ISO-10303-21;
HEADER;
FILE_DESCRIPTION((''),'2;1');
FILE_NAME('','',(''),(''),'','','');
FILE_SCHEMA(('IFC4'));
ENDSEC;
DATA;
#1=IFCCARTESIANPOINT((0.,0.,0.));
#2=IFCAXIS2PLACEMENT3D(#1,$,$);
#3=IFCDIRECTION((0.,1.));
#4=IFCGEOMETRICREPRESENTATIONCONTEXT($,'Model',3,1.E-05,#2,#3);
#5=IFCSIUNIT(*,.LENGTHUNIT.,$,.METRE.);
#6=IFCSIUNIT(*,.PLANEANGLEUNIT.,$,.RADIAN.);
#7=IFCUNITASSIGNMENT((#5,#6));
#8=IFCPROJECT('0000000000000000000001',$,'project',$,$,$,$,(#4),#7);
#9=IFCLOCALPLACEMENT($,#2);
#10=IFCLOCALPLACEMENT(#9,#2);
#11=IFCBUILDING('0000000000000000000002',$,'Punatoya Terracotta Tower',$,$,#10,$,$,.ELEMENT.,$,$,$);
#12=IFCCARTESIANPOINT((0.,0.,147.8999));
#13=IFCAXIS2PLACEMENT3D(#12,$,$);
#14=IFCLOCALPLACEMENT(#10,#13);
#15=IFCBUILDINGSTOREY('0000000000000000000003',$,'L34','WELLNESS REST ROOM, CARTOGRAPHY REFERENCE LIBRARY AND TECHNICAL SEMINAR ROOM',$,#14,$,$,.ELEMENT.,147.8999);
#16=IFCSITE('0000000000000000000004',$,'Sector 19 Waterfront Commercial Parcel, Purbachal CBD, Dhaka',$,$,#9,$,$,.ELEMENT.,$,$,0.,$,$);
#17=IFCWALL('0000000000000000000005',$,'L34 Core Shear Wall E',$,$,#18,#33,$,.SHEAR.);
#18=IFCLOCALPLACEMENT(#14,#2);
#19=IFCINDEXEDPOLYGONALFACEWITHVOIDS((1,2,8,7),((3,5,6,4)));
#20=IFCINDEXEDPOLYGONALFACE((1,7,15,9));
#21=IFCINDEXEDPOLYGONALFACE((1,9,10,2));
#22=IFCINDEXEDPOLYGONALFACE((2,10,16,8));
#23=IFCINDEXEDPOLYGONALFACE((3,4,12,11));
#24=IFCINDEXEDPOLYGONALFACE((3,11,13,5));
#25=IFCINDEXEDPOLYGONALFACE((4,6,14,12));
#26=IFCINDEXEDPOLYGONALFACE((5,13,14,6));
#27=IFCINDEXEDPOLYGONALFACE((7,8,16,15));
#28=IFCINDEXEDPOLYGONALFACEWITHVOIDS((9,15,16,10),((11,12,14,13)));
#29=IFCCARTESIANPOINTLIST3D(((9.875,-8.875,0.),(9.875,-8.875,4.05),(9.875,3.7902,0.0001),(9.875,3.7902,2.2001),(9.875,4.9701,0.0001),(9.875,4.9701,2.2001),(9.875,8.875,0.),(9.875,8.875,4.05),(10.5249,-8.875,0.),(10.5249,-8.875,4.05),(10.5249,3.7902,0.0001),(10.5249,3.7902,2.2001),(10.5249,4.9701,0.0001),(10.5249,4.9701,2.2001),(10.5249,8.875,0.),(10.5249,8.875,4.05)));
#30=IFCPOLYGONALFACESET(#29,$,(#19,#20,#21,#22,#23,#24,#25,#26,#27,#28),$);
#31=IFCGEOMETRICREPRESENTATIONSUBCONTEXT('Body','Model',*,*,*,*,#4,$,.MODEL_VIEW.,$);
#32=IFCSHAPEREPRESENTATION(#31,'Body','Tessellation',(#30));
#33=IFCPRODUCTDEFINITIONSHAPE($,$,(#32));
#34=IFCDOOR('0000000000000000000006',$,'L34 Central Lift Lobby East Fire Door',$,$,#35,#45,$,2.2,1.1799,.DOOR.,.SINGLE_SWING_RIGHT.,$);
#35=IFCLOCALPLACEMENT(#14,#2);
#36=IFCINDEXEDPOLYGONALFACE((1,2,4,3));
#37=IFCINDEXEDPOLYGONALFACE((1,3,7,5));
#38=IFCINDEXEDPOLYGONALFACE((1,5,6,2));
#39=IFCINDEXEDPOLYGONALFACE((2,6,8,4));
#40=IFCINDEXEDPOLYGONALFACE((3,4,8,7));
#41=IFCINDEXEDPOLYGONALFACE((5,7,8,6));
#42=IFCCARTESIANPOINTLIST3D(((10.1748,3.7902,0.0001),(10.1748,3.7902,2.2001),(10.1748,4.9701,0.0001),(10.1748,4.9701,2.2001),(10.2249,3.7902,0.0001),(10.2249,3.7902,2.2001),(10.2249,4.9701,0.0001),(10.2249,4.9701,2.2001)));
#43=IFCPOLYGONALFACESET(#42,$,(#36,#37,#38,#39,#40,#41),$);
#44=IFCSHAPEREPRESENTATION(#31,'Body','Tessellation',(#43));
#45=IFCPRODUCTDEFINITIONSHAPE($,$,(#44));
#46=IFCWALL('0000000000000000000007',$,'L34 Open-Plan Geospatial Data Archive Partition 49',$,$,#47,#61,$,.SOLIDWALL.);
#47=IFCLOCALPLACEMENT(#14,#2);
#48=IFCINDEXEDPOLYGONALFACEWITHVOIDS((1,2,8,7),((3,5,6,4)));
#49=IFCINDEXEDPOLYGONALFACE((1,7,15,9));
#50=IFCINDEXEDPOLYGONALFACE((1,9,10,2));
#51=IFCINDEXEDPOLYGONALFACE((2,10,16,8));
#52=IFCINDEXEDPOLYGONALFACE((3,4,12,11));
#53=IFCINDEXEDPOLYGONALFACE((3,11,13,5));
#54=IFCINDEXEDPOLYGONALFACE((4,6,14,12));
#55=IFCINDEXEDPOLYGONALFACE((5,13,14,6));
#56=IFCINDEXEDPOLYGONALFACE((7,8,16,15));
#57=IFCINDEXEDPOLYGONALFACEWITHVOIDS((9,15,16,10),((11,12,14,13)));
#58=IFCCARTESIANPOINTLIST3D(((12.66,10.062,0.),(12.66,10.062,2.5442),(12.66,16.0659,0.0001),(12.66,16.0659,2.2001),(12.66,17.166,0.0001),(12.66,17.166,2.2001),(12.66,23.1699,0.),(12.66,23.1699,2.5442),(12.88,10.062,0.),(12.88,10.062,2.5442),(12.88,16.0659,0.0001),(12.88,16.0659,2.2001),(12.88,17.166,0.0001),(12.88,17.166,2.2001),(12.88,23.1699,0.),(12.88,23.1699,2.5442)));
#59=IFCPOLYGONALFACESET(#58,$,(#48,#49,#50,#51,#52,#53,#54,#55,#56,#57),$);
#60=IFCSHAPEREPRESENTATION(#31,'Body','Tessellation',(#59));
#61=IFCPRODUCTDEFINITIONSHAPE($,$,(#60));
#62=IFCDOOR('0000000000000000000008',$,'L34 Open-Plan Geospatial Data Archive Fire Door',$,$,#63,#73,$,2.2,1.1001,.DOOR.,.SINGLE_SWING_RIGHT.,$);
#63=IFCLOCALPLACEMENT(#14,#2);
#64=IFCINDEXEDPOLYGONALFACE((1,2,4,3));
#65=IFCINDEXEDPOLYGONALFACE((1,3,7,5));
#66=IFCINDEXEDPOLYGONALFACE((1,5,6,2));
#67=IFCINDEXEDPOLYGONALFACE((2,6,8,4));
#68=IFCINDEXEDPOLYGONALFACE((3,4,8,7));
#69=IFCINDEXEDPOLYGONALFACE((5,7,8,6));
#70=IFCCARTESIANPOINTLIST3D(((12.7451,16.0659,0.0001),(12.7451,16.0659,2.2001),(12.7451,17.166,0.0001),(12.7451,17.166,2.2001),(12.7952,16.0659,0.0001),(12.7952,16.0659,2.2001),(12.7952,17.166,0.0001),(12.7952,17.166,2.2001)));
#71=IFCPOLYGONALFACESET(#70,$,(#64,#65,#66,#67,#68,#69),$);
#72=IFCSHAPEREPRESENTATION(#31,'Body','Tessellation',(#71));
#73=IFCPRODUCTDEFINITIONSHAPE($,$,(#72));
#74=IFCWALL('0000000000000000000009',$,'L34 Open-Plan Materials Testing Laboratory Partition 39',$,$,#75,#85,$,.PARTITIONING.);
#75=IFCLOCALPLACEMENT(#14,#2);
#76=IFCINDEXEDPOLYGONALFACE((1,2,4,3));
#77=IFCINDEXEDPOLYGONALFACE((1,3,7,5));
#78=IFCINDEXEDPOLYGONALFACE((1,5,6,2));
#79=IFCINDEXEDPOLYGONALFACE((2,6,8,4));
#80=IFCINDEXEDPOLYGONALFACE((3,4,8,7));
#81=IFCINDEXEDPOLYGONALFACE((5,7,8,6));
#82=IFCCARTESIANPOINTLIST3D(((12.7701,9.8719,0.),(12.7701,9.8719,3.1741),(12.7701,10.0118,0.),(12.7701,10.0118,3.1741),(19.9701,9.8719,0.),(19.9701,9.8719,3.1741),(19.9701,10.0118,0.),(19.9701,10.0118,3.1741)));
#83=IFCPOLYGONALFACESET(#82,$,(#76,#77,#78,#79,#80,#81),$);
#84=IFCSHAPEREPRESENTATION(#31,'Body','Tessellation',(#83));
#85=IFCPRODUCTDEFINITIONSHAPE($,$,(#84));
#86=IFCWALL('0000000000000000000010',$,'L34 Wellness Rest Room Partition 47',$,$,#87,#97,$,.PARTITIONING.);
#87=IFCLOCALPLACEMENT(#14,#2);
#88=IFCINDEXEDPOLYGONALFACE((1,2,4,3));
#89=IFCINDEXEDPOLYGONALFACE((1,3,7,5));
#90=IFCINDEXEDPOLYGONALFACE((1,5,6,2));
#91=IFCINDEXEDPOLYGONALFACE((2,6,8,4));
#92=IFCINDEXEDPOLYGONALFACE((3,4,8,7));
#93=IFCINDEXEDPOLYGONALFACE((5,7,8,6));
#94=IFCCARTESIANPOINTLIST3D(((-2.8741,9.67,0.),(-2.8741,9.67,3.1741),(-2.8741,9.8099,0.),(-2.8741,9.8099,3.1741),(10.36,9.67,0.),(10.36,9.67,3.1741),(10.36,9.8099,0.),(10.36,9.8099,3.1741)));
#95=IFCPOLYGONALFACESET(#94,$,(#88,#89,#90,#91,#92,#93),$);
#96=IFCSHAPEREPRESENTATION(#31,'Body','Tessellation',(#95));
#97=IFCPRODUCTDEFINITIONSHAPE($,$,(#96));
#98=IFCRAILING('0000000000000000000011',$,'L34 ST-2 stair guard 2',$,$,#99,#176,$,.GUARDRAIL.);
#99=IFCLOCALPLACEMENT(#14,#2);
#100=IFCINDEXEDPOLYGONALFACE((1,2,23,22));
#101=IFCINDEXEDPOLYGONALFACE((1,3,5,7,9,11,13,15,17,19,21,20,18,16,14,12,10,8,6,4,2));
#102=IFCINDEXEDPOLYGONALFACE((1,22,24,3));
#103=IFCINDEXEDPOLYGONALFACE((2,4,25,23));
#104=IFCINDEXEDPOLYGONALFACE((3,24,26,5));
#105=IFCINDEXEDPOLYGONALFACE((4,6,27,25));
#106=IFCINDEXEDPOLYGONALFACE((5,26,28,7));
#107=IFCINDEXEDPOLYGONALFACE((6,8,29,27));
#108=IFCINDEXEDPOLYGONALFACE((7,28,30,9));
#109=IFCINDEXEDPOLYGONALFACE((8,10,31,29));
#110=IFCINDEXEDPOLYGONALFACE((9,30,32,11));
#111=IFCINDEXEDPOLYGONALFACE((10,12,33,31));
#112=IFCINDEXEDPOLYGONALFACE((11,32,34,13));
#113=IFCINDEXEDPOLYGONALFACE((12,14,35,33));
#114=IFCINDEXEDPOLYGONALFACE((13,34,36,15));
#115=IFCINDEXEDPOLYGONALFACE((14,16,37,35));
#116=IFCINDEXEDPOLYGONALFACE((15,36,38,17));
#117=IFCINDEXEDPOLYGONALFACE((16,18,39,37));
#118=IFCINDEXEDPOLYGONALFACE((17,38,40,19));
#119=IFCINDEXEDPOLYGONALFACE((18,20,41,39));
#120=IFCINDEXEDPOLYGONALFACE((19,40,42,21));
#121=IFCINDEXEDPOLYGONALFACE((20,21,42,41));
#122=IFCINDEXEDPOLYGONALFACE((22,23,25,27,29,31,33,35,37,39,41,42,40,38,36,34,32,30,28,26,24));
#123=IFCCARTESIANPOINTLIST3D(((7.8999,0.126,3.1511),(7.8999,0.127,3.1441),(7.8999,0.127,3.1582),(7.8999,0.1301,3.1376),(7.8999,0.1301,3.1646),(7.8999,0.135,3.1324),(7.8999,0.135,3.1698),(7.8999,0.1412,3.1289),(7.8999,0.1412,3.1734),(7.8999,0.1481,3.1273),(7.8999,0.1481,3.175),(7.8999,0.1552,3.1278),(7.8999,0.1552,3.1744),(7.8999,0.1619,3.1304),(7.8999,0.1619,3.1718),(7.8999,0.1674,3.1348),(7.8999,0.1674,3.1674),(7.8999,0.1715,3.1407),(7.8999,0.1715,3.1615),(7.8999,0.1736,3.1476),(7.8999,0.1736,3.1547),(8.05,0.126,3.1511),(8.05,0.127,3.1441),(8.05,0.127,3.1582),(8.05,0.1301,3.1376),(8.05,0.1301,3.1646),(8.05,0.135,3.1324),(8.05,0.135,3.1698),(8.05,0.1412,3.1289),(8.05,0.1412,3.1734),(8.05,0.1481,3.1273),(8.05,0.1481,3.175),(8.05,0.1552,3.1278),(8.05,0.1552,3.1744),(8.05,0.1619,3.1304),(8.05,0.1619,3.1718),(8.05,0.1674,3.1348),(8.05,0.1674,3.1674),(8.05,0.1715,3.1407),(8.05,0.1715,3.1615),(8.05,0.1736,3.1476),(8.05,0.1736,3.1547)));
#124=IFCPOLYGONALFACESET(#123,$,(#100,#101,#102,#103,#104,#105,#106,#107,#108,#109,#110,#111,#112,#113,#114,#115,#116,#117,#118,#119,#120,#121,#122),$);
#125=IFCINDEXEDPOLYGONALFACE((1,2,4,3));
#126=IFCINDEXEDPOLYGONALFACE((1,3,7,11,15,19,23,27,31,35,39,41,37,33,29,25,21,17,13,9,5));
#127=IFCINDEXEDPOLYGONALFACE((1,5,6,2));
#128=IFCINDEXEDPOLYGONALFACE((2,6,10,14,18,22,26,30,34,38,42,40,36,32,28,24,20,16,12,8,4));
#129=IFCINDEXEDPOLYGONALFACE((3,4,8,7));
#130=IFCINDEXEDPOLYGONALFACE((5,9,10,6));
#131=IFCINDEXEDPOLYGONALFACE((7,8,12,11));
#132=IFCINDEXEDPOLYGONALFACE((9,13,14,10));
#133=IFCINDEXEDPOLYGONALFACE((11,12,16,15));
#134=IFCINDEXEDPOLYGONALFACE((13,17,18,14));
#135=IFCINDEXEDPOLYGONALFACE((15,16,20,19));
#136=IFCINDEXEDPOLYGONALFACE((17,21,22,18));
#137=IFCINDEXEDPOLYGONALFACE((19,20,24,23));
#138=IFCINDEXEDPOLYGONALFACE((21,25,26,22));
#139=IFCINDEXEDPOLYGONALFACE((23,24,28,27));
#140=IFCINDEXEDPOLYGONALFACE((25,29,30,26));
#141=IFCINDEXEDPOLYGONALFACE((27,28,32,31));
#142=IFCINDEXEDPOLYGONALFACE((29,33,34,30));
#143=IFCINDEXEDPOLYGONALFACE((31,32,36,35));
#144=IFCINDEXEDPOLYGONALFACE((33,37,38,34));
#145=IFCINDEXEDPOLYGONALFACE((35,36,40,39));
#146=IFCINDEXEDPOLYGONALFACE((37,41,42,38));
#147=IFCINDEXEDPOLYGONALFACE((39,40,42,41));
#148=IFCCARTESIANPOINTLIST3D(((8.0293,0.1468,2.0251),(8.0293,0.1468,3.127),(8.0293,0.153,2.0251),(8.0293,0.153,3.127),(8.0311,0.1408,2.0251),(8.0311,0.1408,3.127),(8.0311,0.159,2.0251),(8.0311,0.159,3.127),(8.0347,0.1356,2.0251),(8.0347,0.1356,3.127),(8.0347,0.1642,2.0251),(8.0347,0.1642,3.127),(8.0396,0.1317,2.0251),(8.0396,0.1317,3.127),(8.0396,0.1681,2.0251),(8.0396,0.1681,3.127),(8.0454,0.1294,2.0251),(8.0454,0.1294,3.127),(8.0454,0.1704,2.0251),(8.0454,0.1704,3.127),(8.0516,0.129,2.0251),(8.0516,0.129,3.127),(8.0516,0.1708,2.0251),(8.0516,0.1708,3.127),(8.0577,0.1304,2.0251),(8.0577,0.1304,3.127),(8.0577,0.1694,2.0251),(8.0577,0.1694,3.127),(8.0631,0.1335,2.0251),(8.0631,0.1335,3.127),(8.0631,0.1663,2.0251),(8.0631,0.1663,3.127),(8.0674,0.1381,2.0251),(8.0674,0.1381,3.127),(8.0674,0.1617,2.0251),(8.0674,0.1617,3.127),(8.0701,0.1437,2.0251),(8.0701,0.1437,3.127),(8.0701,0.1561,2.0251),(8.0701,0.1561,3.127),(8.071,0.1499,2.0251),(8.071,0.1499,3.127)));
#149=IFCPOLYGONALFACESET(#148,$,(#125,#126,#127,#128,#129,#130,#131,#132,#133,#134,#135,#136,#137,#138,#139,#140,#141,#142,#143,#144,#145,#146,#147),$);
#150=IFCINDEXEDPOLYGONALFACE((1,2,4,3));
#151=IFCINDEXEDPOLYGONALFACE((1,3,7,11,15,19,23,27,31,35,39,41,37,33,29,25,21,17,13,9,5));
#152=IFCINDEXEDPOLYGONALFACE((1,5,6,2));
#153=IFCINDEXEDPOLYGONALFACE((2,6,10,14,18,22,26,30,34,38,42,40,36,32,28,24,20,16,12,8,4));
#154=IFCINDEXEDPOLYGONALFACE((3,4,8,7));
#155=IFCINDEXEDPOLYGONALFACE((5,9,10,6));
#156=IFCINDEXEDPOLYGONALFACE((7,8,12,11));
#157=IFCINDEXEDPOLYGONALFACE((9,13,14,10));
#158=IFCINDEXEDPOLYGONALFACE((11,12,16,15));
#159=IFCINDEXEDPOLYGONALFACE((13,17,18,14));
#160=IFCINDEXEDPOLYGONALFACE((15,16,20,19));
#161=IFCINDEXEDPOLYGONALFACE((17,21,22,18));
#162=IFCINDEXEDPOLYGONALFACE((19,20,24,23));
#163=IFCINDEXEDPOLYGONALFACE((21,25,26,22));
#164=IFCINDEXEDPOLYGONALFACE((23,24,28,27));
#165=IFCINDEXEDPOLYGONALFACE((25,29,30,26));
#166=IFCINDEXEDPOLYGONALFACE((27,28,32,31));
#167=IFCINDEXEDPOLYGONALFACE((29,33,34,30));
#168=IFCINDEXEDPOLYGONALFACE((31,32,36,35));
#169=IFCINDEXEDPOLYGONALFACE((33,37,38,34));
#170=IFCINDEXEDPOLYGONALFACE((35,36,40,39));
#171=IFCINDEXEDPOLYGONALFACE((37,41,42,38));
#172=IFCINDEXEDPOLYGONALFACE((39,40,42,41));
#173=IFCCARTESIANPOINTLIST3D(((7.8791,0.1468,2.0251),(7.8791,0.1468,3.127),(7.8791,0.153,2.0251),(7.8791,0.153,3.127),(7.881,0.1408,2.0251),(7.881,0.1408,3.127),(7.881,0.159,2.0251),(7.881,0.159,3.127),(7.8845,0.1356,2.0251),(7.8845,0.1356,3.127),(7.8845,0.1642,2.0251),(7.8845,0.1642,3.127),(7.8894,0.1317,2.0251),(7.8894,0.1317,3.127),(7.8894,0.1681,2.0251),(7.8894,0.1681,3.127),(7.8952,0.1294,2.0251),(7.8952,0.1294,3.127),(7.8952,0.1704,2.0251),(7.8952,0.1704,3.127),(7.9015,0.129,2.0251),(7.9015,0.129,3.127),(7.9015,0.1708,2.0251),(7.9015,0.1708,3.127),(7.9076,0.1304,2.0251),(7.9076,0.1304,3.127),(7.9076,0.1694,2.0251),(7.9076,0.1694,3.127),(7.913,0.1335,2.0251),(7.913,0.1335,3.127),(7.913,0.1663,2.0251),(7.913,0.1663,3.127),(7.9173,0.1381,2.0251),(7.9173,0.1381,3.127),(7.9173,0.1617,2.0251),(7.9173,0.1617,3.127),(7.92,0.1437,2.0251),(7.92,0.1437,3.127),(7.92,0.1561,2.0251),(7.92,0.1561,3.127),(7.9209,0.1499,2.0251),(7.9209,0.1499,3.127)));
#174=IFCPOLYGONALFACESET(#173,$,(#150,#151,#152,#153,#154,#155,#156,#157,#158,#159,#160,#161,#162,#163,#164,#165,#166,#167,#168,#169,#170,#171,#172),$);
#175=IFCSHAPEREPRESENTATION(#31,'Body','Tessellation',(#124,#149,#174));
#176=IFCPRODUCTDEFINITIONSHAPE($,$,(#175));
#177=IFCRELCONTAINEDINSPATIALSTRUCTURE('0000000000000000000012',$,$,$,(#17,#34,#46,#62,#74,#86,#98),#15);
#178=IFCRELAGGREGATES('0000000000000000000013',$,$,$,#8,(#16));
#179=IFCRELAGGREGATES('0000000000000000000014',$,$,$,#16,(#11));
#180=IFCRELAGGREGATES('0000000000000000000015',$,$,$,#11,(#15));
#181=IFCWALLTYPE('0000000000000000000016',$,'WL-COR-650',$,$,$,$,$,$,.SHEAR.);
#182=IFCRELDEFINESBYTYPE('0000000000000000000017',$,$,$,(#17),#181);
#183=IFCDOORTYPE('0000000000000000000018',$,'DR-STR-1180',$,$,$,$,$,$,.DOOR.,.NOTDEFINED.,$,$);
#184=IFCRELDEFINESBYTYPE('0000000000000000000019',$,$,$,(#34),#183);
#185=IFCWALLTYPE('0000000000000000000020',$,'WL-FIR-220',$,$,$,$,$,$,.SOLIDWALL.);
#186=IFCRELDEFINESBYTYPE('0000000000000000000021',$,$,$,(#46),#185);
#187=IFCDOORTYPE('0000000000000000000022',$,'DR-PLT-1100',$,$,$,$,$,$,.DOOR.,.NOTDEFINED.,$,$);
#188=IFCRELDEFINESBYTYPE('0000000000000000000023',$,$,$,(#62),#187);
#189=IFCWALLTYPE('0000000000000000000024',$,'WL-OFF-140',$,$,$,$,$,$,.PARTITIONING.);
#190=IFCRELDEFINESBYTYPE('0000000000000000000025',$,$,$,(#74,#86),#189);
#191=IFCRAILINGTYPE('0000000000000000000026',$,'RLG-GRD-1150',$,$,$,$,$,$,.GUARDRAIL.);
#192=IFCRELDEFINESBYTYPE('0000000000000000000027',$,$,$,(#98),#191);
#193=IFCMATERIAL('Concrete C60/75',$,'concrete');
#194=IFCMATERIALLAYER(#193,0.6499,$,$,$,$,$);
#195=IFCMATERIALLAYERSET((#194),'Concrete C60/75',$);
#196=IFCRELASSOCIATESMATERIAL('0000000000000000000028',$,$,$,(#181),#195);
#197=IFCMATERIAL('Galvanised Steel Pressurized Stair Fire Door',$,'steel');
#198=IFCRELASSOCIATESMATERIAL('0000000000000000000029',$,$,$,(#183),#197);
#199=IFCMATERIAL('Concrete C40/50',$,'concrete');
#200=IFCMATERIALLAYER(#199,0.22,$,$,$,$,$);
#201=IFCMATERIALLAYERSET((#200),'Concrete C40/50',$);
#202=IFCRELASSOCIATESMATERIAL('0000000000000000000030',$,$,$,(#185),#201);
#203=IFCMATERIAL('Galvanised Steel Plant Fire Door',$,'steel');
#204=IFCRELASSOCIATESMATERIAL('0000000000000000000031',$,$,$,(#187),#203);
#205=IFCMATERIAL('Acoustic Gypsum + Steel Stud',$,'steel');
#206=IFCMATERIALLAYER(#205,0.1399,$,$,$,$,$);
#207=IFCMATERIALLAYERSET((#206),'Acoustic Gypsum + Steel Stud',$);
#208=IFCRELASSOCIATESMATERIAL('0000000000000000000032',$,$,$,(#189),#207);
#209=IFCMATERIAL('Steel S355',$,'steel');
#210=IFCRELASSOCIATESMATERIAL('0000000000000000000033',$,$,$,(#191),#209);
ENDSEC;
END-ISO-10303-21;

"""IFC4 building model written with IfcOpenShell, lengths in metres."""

from ifc_helpers import new_model, si_unit, direction, frame, frame_2d, origin, origin_2d, place, context, subcontext, project, spatial, rectangle, circle, extrude, material, layer, layer_set, type_object, element, fill, save


model = new_model("IFC4")

# Units and contexts
model_context = context("Model", 3, precision=1e-05, world=origin(), true_north=direction((0.0, 1.0)))
body_context = subcontext(model_context, "Body", "Model", "MODEL_VIEW")
ifc_project = project(units=[si_unit("LENGTHUNIT", "METRE"), si_unit("PLANEANGLEUNIT", "RADIAN")], contexts=[model_context])

# Site, building, storey
site_placement = place(None, origin())
site = spatial("IfcSite", under=ifc_project, at=site_placement, Name="Sector 19 Waterfront Commercial Parcel, Purbachal CBD, Dhaka", CompositionType="ELEMENT", RefElevation=0.0)
building_placement = place(site_placement, origin())
building = spatial("IfcBuilding", under=site, at=building_placement, Name="Punatoya Terracotta Tower", CompositionType="ELEMENT")
storey_placement = place(building_placement, frame((0.0, 0.0, 147.8999)))
storey = spatial("IfcBuildingStorey", under=building, at=storey_placement, Name="L34", Description="WELLNESS REST ROOM, CARTOGRAPHY REFERENCE LIBRARY AND TECHNICAL SEMINAR ROOM", CompositionType="ELEMENT", Elevation=147.8999)

# Shared definitions
ifc_material_1 = material(Name="Steel S355", Category="steel")

# Walls, openings, doors
ifc_material_2 = material(Name="Concrete C60/75", Category="concrete")
ifc_layer_1 = layer(ifc_material_2, 0.6499)
ifc_layer_set_1 = layer_set([ifc_layer_1], Name="Concrete C60/75")
wall_type_1 = type_object("IfcWallType", Name="WL-COR-650", PredefinedType="SHEAR", material=ifc_layer_set_1)
wall_1_placement = place(storey_placement, frame((10.2, 8.875, 0.0), z_axis=(0.0, 0.0, 1.0), x_axis=(0.0, -1.0, 0.0)))
wall_1 = element("IfcWall", 1, at=wall_1_placement, inside=storey, type_object=wall_type_1, Name="L34 Core Shear Wall E", PredefinedType="SHEAR", context=body_context, shape_type="SweptSolid", body=[
    extrude(rectangle(XDim=17.75, YDim=0.6499, at=frame_2d((8.875, 0.0))), origin(), (0.0, 0.0, 1.0), 4.05),
])
opening_1_placement = place(wall_1_placement, frame((3.905, 0.0, 0.0)))
opening_1 = element("IfcOpeningElement", 2, at=opening_1_placement, cuts=wall_1, PredefinedType="OPENING", context=body_context, shape_type="SweptSolid", body=[
    extrude(rectangle(XDim=1.1799, YDim=2.2, at=frame_2d((0.5898, 1.1001))), frame((0.0, 0.335, 0.0), z_axis=(0.0, -1.0, 0.0), x_axis=(1.0, 0.0, 0.0)), (0.0, 0.0, 1.0), 0.6699),
])
ifc_material_3 = material(Name="Galvanised Steel Pressurized Stair Fire Door", Category="steel")
door_type_1 = type_object("IfcDoorType", Name="DR-STR-1180", OperationType="NOTDEFINED", PredefinedType="DOOR", material=ifc_material_3)
door_1_placement = place(opening_1_placement, origin())
door_1 = element("IfcDoor", 3, at=door_1_placement, inside=storey, type_object=door_type_1, Name="L34 Central Lift Lobby East Fire Door", OperationType="SINGLE_SWING_RIGHT", OverallHeight=2.2, OverallWidth=1.1799, PredefinedType="DOOR", context=body_context, shape_type="SweptSolid", body=[
    extrude(rectangle(XDim=1.1799, YDim=2.2, at=frame_2d((0.5898, 1.1001))), frame((0.0, 0.0249, 0.0), z_axis=(0.0, -1.0, 0.0), x_axis=(1.0, 0.0, 0.0)), (0.0, 0.0, 1.0), 0.05),
])
fill(opening_1, door_1)
ifc_material_4 = material(Name="Concrete C40/50", Category="concrete")
ifc_layer_2 = layer(ifc_material_4, 0.22)
ifc_layer_set_2 = layer_set([ifc_layer_2], Name="Concrete C40/50")
wall_type_2 = type_object("IfcWallType", Name="WL-FIR-220", PredefinedType="SOLIDWALL", material=ifc_layer_set_2)
wall_2_placement = place(storey_placement, frame((12.77, 10.062, 0.0), z_axis=(0.0, 0.0, 1.0), x_axis=(0.0, 1.0, 0.0)))
wall_2 = element("IfcWall", 4, at=wall_2_placement, inside=storey, type_object=wall_type_2, Name="L34 Open-Plan Geospatial Data Archive Partition 49", PredefinedType="SOLIDWALL", context=body_context, shape_type="SweptSolid", body=[
    extrude(rectangle(XDim=13.1079, YDim=0.22, at=frame_2d((6.554, 0.0))), origin(), (0.0, 0.0, 1.0), 2.5442),
])
opening_2_placement = place(wall_2_placement, frame((6.0039, 0.0, 0.0)))
opening_2 = element("IfcOpeningElement", 5, at=opening_2_placement, cuts=wall_2, PredefinedType="OPENING", context=body_context, shape_type="SweptSolid", body=[
    extrude(rectangle(XDim=1.1001, YDim=2.2, at=frame_2d((0.55, 1.1001))), frame((0.0, 0.1199, 0.0), z_axis=(0.0, -1.0, 0.0), x_axis=(1.0, 0.0, 0.0)), (0.0, 0.0, 1.0), 0.24),
])
ifc_material_5 = material(Name="Galvanised Steel Plant Fire Door", Category="steel")
door_type_2 = type_object("IfcDoorType", Name="DR-PLT-1100", OperationType="NOTDEFINED", PredefinedType="DOOR", material=ifc_material_5)
door_2_placement = place(opening_2_placement, origin())
door_2 = element("IfcDoor", 6, at=door_2_placement, inside=storey, type_object=door_type_2, Name="L34 Open-Plan Geospatial Data Archive Fire Door", OperationType="SINGLE_SWING_RIGHT", OverallHeight=2.2, OverallWidth=1.1001, PredefinedType="DOOR", context=body_context, shape_type="SweptSolid", body=[
    extrude(rectangle(XDim=1.1001, YDim=2.2, at=frame_2d((0.55, 1.1001))), frame((0.0, 0.0249, 0.0), z_axis=(0.0, -1.0, 0.0), x_axis=(1.0, 0.0, 0.0)), (0.0, 0.0, 1.0), 0.05),
])
fill(opening_2, door_2)

# Walls
ifc_material_6 = material(Name="Acoustic Gypsum + Steel Stud", Category="steel")
ifc_layer_3 = layer(ifc_material_6, 0.1399)
ifc_layer_set_3 = layer_set([ifc_layer_3], Name="Acoustic Gypsum + Steel Stud")
wall_type_3 = type_object("IfcWallType", Name="WL-OFF-140", PredefinedType="PARTITIONING", material=ifc_layer_set_3)
wall_3_placement = place(storey_placement, frame((12.77, 9.9419, 0.0), z_axis=(0.0, 0.0, 1.0), x_axis=(1.0, 0.0, 0.0)))
element("IfcWall", 7, at=wall_3_placement, inside=storey, type_object=wall_type_3, Name="L34 Open-Plan Materials Testing Laboratory Partition 39", PredefinedType="PARTITIONING", context=body_context, shape_type="SweptSolid", body=[
    extrude(rectangle(XDim=7.2, YDim=0.1399, at=frame_2d((3.6001, 0.0))), origin(), (0.0, 0.0, 1.0), 3.1741),
])
wall_4_placement = place(storey_placement, frame((10.3601, 9.74, 0.0), z_axis=(0.0, 0.0, 1.0), x_axis=(-1.0, 0.0, 0.0)))
element("IfcWall", 8, at=wall_4_placement, inside=storey, type_object=wall_type_3, Name="L34 Wellness Rest Room Partition 47", PredefinedType="PARTITIONING", context=body_context, shape_type="SweptSolid", body=[
    extrude(rectangle(XDim=13.2341, YDim=0.1399, at=frame_2d((6.6172, 0.0))), origin(), (0.0, 0.0, 1.0), 3.1741),
])

# Railing
railing_type = type_object("IfcRailingType", Name="RLG-GRD-1150", PredefinedType="GUARDRAIL", material=ifc_material_1)
railing_1_placement = place(storey_placement, frame((8.05, 0.1499, 2.0251)))
element("IfcRailing", 9, at=railing_1_placement, inside=storey, type_object=railing_type, Name="L34 ST-2 stair guard 2", PredefinedType="GUARDRAIL", context=body_context, shape_type="SweptSolid", body=[
    extrude(circle(Radius=0.0239, at=origin_2d()), frame((0.0, 0.0, 1.126), z_axis=(-1.0, 0.0, 0.0), x_axis=(0.0, -1.0, 0.0)), (0.0, 0.0, 1.0), 0.1501),
    extrude(circle(Radius=0.021, at=origin_2d()), origin(), (0.0, 0.0, 1.0), 1.1018),
    extrude(circle(Radius=0.021, at=origin_2d()), frame((-0.1501, 0.0, 0.0)), (0.0, 0.0, 1.0), 1.1018),
])

save(model, "model.ifc")
